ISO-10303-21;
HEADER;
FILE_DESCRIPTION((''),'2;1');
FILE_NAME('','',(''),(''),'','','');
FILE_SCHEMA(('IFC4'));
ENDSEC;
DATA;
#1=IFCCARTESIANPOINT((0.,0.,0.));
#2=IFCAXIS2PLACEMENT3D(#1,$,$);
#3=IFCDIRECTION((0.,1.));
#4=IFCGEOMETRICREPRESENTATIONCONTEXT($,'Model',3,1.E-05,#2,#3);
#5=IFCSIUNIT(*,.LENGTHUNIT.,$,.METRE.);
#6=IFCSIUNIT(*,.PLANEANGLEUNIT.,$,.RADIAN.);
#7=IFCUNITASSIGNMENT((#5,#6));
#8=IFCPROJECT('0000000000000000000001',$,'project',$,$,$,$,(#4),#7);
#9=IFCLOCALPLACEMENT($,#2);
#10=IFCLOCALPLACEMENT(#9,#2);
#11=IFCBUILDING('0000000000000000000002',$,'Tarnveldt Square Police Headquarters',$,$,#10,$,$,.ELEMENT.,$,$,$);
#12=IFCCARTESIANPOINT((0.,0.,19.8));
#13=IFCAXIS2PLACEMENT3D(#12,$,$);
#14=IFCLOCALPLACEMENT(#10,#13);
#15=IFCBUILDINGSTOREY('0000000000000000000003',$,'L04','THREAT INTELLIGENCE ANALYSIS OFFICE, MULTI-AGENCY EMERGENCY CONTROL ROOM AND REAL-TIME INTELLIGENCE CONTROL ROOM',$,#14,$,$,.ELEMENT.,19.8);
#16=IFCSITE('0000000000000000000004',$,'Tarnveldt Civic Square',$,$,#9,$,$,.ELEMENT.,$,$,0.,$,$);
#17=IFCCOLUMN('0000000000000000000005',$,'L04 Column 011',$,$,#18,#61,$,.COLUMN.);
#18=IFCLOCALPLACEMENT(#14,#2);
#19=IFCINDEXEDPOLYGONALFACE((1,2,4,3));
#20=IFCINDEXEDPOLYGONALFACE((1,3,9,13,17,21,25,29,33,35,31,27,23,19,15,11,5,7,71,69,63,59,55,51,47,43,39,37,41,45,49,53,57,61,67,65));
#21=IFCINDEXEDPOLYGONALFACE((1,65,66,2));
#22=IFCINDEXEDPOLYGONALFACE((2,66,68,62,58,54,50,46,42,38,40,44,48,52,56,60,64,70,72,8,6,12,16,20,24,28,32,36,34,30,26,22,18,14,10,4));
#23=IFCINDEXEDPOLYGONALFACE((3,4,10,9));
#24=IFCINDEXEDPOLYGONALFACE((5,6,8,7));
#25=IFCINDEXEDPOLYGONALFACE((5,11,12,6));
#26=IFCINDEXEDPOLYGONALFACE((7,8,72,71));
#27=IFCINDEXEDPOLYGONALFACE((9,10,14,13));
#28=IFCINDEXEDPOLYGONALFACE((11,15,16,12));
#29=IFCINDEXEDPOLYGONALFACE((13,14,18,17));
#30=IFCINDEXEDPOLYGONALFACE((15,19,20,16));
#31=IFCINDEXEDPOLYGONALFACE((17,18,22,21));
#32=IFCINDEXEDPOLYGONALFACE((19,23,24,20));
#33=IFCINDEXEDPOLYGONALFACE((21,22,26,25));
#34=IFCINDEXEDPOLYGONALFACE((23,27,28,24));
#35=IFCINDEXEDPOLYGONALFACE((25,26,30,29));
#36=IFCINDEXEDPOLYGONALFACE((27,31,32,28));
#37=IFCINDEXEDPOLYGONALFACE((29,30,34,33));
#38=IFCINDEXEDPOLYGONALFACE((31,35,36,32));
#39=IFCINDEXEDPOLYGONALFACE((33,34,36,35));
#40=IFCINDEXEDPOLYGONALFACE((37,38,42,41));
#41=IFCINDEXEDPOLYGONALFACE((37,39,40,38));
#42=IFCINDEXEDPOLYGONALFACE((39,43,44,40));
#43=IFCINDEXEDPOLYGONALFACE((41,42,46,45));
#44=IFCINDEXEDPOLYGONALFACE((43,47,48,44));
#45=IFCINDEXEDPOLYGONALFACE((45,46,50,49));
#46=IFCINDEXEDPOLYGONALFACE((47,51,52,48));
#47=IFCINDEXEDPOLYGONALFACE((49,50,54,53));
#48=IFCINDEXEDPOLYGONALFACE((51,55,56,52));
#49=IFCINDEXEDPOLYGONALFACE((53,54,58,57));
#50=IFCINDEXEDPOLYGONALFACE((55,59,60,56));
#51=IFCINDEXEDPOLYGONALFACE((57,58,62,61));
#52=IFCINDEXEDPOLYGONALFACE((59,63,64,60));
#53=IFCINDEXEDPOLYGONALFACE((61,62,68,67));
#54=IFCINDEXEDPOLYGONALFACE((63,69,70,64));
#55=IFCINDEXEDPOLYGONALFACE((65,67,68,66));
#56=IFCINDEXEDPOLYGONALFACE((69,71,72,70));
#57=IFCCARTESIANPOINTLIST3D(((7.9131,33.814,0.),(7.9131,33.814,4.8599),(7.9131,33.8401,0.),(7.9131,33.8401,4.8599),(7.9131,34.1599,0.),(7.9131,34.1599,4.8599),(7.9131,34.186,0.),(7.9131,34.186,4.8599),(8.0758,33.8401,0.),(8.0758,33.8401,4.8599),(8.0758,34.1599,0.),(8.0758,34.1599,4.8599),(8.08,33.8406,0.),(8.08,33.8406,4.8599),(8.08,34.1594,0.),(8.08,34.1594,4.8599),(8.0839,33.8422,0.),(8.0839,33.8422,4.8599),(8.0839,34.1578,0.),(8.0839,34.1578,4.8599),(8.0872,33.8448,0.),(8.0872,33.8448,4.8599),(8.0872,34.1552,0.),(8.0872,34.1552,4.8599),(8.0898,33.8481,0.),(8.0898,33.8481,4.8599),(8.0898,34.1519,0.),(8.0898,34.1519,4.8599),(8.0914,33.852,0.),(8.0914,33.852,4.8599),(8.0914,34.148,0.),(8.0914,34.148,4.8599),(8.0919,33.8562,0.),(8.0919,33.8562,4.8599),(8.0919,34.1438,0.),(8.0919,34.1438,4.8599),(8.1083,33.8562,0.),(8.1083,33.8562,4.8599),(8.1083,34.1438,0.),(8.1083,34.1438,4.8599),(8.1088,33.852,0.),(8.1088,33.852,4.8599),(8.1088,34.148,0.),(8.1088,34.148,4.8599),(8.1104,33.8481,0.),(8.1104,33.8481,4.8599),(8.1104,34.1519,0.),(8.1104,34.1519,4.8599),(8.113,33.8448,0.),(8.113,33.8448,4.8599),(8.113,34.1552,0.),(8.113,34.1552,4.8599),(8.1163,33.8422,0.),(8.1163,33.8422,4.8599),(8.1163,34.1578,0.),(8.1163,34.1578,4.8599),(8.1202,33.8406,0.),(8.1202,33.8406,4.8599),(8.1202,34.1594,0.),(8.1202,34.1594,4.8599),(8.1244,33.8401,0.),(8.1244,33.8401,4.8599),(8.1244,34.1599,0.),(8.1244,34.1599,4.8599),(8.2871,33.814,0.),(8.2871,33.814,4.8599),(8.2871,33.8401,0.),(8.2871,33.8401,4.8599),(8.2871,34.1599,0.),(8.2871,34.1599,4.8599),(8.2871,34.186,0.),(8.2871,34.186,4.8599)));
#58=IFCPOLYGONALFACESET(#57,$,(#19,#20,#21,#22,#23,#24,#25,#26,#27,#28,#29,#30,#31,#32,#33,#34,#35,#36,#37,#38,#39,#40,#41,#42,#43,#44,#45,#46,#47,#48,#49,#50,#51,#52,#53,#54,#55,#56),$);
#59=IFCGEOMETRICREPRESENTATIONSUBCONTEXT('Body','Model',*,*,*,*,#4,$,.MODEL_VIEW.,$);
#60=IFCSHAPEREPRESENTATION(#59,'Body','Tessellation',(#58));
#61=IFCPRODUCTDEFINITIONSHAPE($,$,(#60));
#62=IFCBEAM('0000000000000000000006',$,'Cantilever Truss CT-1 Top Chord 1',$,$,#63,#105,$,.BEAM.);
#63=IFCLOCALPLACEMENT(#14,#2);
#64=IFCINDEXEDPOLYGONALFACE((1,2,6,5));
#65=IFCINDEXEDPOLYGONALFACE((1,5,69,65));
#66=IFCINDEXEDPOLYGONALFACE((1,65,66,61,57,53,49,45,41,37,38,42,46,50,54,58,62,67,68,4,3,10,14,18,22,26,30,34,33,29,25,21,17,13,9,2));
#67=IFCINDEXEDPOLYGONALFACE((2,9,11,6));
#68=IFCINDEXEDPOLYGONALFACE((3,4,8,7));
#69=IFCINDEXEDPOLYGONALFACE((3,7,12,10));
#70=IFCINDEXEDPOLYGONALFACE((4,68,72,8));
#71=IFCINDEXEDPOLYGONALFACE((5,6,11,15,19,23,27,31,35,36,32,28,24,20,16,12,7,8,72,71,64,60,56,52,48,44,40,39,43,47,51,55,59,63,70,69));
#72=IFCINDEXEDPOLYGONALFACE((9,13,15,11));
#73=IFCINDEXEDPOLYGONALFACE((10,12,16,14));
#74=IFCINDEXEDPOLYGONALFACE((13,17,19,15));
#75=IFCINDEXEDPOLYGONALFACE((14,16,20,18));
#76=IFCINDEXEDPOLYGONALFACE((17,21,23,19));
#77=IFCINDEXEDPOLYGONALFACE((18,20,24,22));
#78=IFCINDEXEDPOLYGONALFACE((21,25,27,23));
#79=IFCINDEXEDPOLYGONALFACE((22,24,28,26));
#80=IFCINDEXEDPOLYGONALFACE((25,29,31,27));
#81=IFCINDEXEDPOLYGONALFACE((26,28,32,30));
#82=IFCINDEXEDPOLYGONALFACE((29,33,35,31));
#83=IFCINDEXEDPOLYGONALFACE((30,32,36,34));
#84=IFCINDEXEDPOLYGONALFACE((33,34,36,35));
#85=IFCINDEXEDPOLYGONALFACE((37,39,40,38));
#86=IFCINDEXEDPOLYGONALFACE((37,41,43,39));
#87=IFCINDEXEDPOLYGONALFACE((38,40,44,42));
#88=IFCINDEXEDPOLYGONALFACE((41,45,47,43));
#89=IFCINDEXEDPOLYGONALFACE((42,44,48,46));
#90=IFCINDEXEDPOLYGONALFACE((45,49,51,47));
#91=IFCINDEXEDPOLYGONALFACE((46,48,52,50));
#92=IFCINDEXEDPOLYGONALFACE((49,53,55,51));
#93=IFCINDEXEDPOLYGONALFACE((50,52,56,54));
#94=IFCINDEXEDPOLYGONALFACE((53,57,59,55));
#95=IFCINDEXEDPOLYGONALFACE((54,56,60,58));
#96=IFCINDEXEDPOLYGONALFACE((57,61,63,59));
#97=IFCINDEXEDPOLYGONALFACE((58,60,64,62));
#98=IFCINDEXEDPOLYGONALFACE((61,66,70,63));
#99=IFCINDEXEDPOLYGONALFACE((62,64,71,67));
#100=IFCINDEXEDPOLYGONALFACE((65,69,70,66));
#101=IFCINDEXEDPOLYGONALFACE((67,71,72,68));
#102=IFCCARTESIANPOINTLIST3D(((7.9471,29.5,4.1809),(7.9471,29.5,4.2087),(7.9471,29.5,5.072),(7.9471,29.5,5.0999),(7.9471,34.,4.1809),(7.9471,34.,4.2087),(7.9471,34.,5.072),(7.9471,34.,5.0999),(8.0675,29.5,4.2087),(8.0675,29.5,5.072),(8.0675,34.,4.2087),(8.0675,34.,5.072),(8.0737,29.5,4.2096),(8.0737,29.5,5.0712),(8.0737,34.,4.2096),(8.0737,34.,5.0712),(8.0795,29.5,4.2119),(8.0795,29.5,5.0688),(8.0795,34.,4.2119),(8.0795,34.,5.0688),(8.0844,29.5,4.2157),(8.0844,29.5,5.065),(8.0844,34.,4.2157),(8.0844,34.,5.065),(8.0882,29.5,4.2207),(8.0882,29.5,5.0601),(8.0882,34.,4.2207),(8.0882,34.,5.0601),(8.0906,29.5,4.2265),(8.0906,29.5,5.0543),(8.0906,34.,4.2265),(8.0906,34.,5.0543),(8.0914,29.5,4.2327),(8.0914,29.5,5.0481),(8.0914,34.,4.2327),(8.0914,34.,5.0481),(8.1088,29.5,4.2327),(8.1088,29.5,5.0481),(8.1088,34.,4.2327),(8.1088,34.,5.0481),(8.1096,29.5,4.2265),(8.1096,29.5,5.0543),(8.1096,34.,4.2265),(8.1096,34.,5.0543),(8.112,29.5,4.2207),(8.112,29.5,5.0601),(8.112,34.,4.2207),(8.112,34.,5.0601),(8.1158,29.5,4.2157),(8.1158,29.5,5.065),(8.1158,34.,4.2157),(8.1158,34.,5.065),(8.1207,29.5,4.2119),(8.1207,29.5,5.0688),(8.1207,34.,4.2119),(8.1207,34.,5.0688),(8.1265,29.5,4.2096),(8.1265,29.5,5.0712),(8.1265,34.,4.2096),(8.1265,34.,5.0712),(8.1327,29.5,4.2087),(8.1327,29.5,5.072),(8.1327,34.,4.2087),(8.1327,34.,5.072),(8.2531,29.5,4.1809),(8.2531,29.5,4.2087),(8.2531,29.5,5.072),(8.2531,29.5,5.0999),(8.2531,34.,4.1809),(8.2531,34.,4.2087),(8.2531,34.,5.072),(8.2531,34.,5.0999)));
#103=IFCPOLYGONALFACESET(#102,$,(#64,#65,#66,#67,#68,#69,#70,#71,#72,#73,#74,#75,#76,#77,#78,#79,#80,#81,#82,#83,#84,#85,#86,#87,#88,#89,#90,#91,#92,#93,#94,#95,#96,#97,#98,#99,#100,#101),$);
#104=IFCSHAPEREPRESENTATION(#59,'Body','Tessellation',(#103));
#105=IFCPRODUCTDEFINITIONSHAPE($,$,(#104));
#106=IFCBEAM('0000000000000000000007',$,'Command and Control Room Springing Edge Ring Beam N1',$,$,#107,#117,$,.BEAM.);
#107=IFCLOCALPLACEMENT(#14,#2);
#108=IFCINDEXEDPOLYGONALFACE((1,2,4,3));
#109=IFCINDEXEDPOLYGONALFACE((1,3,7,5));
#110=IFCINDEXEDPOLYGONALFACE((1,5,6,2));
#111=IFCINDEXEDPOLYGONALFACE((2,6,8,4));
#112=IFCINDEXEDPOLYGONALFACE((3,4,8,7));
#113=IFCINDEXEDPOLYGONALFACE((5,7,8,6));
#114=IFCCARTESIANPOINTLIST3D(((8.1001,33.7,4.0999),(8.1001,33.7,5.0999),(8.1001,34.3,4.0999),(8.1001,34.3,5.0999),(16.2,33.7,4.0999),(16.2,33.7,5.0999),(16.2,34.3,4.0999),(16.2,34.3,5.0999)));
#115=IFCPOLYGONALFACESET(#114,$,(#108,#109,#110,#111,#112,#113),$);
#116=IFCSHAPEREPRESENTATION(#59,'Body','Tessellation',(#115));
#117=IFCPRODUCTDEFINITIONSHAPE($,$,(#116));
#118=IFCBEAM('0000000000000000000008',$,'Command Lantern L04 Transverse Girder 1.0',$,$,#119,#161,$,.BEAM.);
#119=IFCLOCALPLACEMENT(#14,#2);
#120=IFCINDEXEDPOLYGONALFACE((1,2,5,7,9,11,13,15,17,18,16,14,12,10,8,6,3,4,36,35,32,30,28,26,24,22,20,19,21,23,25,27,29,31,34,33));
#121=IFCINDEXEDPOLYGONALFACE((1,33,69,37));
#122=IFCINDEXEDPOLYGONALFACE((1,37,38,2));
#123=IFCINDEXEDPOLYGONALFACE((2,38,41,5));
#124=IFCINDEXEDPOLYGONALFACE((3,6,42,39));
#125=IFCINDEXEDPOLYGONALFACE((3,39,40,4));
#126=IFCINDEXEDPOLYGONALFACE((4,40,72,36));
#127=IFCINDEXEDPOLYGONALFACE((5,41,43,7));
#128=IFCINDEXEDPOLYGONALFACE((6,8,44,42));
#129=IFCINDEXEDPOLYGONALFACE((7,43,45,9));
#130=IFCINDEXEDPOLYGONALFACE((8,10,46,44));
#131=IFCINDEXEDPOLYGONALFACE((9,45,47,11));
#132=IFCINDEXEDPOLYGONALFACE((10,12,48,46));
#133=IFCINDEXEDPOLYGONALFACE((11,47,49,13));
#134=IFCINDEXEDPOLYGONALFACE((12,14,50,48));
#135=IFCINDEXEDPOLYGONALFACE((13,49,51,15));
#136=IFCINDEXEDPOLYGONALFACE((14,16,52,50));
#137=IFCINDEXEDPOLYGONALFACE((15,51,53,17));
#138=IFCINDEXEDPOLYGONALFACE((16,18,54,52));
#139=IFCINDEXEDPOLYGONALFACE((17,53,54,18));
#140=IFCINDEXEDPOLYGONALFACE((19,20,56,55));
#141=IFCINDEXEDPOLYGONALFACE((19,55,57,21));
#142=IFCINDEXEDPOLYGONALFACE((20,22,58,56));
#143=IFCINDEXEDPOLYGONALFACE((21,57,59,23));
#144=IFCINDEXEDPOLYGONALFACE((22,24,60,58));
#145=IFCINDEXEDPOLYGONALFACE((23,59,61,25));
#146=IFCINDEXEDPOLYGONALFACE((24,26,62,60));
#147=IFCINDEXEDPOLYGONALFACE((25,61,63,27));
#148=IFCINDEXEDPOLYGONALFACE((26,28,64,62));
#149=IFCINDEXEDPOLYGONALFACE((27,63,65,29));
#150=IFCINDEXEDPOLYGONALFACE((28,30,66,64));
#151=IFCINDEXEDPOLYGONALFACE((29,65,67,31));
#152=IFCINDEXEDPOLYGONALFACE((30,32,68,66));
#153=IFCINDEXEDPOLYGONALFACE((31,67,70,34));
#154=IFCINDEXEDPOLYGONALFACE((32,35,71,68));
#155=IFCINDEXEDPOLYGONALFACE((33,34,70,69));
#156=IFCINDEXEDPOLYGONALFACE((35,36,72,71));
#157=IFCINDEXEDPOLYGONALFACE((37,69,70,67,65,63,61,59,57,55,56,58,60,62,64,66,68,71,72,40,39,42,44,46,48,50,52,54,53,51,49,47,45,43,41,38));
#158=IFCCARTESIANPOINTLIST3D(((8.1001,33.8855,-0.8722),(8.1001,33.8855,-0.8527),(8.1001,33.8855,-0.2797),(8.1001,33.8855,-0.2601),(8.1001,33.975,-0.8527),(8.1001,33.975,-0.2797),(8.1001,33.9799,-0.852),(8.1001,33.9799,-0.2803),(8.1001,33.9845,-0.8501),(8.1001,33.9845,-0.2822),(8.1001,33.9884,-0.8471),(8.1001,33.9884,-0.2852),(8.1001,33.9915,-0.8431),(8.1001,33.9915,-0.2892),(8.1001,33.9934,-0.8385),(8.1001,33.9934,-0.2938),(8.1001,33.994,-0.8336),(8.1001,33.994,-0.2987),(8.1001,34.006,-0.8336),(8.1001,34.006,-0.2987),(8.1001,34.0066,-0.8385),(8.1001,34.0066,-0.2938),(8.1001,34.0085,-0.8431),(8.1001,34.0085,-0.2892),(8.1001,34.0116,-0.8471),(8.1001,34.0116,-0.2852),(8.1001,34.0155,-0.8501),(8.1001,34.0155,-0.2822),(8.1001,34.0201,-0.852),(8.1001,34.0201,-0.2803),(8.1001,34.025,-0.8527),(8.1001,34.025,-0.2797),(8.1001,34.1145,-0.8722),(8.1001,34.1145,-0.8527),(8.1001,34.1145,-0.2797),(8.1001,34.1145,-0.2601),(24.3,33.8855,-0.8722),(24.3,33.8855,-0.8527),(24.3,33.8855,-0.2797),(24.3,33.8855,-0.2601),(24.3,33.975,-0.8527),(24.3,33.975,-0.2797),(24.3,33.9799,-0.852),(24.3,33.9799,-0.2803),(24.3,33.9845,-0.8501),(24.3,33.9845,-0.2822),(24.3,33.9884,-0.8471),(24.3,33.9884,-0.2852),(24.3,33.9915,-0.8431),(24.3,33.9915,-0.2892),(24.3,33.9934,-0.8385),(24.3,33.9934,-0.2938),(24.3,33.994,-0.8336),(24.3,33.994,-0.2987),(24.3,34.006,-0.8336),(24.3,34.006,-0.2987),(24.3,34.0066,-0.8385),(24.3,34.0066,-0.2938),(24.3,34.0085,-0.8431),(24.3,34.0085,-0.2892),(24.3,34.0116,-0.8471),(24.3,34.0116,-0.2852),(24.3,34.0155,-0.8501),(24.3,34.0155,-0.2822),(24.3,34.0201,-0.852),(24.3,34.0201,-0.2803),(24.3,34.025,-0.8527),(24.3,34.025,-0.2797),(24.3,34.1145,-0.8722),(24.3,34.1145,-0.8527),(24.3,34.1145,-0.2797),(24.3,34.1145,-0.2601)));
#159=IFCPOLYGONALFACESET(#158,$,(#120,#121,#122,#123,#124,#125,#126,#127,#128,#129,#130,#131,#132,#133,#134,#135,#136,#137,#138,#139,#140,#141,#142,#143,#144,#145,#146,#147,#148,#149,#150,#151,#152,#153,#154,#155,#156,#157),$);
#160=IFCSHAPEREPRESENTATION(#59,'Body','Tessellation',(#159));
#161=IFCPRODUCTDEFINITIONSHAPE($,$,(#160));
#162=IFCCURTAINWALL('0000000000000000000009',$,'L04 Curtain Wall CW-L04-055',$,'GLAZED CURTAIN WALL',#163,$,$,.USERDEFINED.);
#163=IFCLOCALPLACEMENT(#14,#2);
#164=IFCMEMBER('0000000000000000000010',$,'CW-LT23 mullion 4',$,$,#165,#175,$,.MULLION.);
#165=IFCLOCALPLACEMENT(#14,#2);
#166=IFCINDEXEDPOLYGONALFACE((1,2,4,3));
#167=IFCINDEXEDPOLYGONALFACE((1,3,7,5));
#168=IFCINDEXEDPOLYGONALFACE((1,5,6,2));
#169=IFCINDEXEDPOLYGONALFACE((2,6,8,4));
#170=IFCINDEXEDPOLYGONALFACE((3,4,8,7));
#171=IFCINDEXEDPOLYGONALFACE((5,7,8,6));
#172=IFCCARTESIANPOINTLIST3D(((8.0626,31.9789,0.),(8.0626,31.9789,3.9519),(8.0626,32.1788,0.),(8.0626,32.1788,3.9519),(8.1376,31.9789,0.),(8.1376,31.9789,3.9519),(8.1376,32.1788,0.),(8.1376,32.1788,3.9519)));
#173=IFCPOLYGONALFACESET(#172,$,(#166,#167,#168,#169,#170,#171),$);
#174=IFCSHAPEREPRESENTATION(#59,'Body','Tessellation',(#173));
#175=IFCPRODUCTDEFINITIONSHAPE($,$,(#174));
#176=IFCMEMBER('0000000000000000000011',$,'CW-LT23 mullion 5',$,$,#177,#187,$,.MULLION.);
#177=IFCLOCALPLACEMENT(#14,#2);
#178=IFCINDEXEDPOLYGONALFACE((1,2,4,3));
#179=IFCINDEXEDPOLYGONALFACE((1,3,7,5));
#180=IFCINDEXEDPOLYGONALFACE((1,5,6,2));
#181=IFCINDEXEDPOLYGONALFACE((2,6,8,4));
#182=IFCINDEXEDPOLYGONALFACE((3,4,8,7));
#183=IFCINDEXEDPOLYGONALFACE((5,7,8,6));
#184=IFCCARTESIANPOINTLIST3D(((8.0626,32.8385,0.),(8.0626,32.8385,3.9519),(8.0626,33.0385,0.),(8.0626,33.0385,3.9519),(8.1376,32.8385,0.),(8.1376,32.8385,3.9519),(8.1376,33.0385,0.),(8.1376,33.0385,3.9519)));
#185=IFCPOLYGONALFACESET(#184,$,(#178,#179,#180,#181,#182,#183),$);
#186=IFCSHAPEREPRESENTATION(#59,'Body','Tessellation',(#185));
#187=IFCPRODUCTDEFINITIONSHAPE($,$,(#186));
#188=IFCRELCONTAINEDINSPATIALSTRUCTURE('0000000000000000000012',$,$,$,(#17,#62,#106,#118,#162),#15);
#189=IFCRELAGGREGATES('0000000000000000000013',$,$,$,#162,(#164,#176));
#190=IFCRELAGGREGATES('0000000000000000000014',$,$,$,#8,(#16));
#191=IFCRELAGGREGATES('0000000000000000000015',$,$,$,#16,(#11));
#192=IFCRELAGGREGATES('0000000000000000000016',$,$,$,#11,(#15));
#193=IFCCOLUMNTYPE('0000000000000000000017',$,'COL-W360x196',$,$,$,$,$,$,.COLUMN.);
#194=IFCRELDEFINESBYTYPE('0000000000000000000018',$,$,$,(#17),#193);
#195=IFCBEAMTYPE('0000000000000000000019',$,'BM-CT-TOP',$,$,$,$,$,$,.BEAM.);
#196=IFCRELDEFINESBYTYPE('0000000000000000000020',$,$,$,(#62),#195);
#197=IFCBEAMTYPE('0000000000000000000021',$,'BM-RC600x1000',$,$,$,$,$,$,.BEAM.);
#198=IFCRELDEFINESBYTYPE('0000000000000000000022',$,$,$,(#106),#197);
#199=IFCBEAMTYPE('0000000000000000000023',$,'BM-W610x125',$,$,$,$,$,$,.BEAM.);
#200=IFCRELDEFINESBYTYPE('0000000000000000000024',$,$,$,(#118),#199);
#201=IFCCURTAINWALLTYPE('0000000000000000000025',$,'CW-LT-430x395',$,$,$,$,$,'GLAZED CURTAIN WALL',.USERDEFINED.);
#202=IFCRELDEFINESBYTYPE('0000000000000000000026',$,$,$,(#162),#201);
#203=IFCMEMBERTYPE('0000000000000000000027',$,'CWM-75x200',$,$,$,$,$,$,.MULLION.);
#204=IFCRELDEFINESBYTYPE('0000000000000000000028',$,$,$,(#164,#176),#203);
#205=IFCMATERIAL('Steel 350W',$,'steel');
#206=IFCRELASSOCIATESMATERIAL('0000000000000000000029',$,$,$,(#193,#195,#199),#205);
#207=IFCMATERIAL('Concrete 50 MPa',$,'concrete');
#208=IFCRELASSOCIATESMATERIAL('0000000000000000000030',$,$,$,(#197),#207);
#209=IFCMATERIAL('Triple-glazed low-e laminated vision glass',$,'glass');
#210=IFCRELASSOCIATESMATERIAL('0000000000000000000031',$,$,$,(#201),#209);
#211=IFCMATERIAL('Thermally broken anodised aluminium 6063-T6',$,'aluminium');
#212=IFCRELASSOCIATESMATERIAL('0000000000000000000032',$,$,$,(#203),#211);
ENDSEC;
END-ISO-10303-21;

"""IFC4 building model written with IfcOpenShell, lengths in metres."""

from ifc_helpers import new_model, si_unit, direction, frame, origin, origin_2d, place, context, subcontext, project, spatial, rectangle, i_section, extrude, material, material_profile, profile_set, type_object, element, aggregate, save


model = new_model("IFC4")

# Units and contexts
model_context = context("Model", 3, precision=1e-05, world=origin(), true_north=direction((0.0, 1.0)))
body_context = subcontext(model_context, "Body", "Model", "MODEL_VIEW")
ifc_project = project(units=[si_unit("LENGTHUNIT", "METRE"), si_unit("PLANEANGLEUNIT", "RADIAN")], contexts=[model_context])

# Site, building, storey
site_placement = place(None, origin())
site = spatial("IfcSite", under=ifc_project, at=site_placement, Name="Tarnveldt Civic Square", CompositionType="ELEMENT", RefElevation=0.0)
building_placement = place(site_placement, origin())
building = spatial("IfcBuilding", under=site, at=building_placement, Name="Tarnveldt Square Police Headquarters", CompositionType="ELEMENT")
storey_placement = place(building_placement, frame((0.0, 0.0, 19.8)))
storey = spatial("IfcBuildingStorey", under=building, at=storey_placement, Name="L04", Description="THREAT INTELLIGENCE ANALYSIS OFFICE, MULTI-AGENCY EMERGENCY CONTROL ROOM AND REAL-TIME INTELLIGENCE CONTROL ROOM", CompositionType="ELEMENT", Elevation=19.8)

# Column
ifc_material_1 = material(Name="Steel 350W", Category="steel")
ifc_material_profile_1 = material_profile(ifc_material_1, i_section(OverallWidth=0.374, OverallDepth=0.3721, WebThickness=0.0164, FlangeThickness=0.0261, FilletRadius=0.0161, at=origin_2d()), Name="W360x196")
ifc_profile_set_1 = profile_set([ifc_material_profile_1], Name="Steel 350W")
column_type = type_object("IfcColumnType", Name="COL-W360x196", PredefinedType="COLUMN", material=ifc_profile_set_1)
column_placement = place(storey_placement, frame((8.1001, 34.0, 0.0), z_axis=(0.0, 0.0, 1.0), x_axis=(1.0, 0.0, 0.0)))
element("IfcColumn", 1, at=column_placement, inside=storey, type_object=column_type, Name="L04 Column 011", PredefinedType="COLUMN", context=body_context, shape_type="SweptSolid", body=[
    extrude(i_section(OverallWidth=0.374, OverallDepth=0.3721, WebThickness=0.0164, FlangeThickness=0.0261, FilletRadius=0.0161, at=origin_2d()), origin(), (0.0, 0.0, 1.0), 4.8599),
])

# Beams
ifc_material_profile_2 = material_profile(ifc_material_1, i_section(OverallWidth=0.3059, OverallDepth=0.9189, WebThickness=0.0173, FlangeThickness=0.0278, FilletRadius=0.0239, at=origin_2d()), Name="W920x253")
ifc_profile_set_2 = profile_set([ifc_material_profile_2], Name="Steel 350W")
beam_type_1 = type_object("IfcBeamType", Name="BM-CT-TOP", PredefinedType="BEAM", material=ifc_profile_set_2)
beam_1_placement = place(storey_placement, frame((8.1001, 34.0, 4.6404), z_axis=(0.0, -1.0, 0.0), x_axis=(1.0, 0.0, 0.0)))
element("IfcBeam", 2, at=beam_1_placement, inside=storey, type_object=beam_type_1, Name="Cantilever Truss CT-1 Top Chord 1", PredefinedType="BEAM", context=body_context, shape_type="SweptSolid", body=[
    extrude(i_section(OverallWidth=0.3059, OverallDepth=0.9189, WebThickness=0.0173, FlangeThickness=0.0278, FilletRadius=0.0239, at=origin_2d()), origin(), (0.0, 0.0, 1.0), 4.5),
])
ifc_material_2 = material(Name="Concrete 50 MPa", Category="concrete")
ifc_material_profile_3 = material_profile(ifc_material_2, rectangle(XDim=0.6001, YDim=1.0, at=origin_2d()), Name="RC-B600x1000")
ifc_profile_set_3 = profile_set([ifc_material_profile_3], Name="Concrete 50 MPa")
beam_type_2 = type_object("IfcBeamType", Name="BM-RC600x1000", PredefinedType="BEAM", material=ifc_profile_set_3)
beam_2_placement = place(storey_placement, frame((8.1001, 34.0, 4.5999), z_axis=(1.0, 0.0, 0.0), x_axis=(0.0, 1.0, 0.0)))
element("IfcBeam", 3, at=beam_2_placement, inside=storey, type_object=beam_type_2, Name="Command and Control Room Springing Edge Ring Beam N1", PredefinedType="BEAM", context=body_context, shape_type="SweptSolid", body=[
    extrude(rectangle(XDim=0.6001, YDim=1.0, at=origin_2d()), origin(), (0.0, 0.0, 1.0), 8.0999),
])
ifc_material_profile_4 = material_profile(ifc_material_1, i_section(OverallWidth=0.229, OverallDepth=0.6121, WebThickness=0.012, FlangeThickness=0.0195, FilletRadius=0.019, at=origin_2d()), Name="W610x125")
ifc_profile_set_4 = profile_set([ifc_material_profile_4], Name="Steel 350W")
beam_type_3 = type_object("IfcBeamType", Name="BM-W610x125", PredefinedType="BEAM", material=ifc_profile_set_4)
beam_3_placement = place(storey_placement, frame((8.1001, 34.0, -0.5662), z_axis=(1.0, 0.0, 0.0), x_axis=(0.0, 1.0, 0.0)))
element("IfcBeam", 4, at=beam_3_placement, inside=storey, type_object=beam_type_3, Name="Command Lantern L04 Transverse Girder 1.0", PredefinedType="BEAM", context=body_context, shape_type="SweptSolid", body=[
    extrude(i_section(OverallWidth=0.229, OverallDepth=0.6121, WebThickness=0.012, FlangeThickness=0.0195, FilletRadius=0.019, at=origin_2d()), origin(), (0.0, 0.0, 1.0), 16.2),
])

# Curtain wall, members
ifc_material_3 = material(Name="Triple-glazed low-e laminated vision glass", Category="glass")
curtain_wall_type_1 = type_object("IfcCurtainWallType", Name="CW-LT-430x395", ElementType="GLAZED CURTAIN WALL", PredefinedType="USERDEFINED", material=ifc_material_3)
curtain_wall_1_placement = place(storey_placement, origin())
curtain_wall_1 = element("IfcCurtainWall", 5, at=curtain_wall_1_placement, inside=storey, type_object=curtain_wall_type_1, Name="L04 Curtain Wall CW-L04-055", ObjectType="GLAZED CURTAIN WALL", PredefinedType="USERDEFINED")
ifc_material_4 = material(Name="Thermally broken anodised aluminium 6063-T6", Category="aluminium")
ifc_material_profile_5 = material_profile(ifc_material_4, rectangle(XDim=0.075, YDim=0.2, at=origin_2d()), Name="CW-M75x200")
ifc_profile_set_5 = profile_set([ifc_material_profile_5], Name="Thermally broken anodised aluminium 6063-T6")
member_type_1 = type_object("IfcMemberType", Name="CWM-75x200", PredefinedType="MULLION", material=ifc_profile_set_5)
member_1_placement = place(storey_placement, frame((8.1001, 32.0789, 0.0), z_axis=(0.0, 0.0, 1.0), x_axis=(-1.0, 0.0, 0.0)))
member_1 = element("IfcMember", 6, at=member_1_placement, type_object=member_type_1, Name="CW-LT23 mullion 4", PredefinedType="MULLION", context=body_context, shape_type="SweptSolid", body=[
    extrude(rectangle(XDim=0.075, YDim=0.2, at=origin_2d()), origin(), (0.0, 0.0, 1.0), 3.9519),
])
member_2_placement = place(storey_placement, frame((8.1001, 32.9385, 0.0), z_axis=(0.0, 0.0, 1.0), x_axis=(-1.0, 0.0, 0.0)))
member_2 = element("IfcMember", 7, at=member_2_placement, type_object=member_type_1, Name="CW-LT23 mullion 5", PredefinedType="MULLION", context=body_context, shape_type="SweptSolid", body=[
    extrude(rectangle(XDim=0.075, YDim=0.2, at=origin_2d()), origin(), (0.0, 0.0, 1.0), 3.9519),
])

aggregate(curtain_wall_1, [member_1, member_2])

save(model, "model.ifc")
